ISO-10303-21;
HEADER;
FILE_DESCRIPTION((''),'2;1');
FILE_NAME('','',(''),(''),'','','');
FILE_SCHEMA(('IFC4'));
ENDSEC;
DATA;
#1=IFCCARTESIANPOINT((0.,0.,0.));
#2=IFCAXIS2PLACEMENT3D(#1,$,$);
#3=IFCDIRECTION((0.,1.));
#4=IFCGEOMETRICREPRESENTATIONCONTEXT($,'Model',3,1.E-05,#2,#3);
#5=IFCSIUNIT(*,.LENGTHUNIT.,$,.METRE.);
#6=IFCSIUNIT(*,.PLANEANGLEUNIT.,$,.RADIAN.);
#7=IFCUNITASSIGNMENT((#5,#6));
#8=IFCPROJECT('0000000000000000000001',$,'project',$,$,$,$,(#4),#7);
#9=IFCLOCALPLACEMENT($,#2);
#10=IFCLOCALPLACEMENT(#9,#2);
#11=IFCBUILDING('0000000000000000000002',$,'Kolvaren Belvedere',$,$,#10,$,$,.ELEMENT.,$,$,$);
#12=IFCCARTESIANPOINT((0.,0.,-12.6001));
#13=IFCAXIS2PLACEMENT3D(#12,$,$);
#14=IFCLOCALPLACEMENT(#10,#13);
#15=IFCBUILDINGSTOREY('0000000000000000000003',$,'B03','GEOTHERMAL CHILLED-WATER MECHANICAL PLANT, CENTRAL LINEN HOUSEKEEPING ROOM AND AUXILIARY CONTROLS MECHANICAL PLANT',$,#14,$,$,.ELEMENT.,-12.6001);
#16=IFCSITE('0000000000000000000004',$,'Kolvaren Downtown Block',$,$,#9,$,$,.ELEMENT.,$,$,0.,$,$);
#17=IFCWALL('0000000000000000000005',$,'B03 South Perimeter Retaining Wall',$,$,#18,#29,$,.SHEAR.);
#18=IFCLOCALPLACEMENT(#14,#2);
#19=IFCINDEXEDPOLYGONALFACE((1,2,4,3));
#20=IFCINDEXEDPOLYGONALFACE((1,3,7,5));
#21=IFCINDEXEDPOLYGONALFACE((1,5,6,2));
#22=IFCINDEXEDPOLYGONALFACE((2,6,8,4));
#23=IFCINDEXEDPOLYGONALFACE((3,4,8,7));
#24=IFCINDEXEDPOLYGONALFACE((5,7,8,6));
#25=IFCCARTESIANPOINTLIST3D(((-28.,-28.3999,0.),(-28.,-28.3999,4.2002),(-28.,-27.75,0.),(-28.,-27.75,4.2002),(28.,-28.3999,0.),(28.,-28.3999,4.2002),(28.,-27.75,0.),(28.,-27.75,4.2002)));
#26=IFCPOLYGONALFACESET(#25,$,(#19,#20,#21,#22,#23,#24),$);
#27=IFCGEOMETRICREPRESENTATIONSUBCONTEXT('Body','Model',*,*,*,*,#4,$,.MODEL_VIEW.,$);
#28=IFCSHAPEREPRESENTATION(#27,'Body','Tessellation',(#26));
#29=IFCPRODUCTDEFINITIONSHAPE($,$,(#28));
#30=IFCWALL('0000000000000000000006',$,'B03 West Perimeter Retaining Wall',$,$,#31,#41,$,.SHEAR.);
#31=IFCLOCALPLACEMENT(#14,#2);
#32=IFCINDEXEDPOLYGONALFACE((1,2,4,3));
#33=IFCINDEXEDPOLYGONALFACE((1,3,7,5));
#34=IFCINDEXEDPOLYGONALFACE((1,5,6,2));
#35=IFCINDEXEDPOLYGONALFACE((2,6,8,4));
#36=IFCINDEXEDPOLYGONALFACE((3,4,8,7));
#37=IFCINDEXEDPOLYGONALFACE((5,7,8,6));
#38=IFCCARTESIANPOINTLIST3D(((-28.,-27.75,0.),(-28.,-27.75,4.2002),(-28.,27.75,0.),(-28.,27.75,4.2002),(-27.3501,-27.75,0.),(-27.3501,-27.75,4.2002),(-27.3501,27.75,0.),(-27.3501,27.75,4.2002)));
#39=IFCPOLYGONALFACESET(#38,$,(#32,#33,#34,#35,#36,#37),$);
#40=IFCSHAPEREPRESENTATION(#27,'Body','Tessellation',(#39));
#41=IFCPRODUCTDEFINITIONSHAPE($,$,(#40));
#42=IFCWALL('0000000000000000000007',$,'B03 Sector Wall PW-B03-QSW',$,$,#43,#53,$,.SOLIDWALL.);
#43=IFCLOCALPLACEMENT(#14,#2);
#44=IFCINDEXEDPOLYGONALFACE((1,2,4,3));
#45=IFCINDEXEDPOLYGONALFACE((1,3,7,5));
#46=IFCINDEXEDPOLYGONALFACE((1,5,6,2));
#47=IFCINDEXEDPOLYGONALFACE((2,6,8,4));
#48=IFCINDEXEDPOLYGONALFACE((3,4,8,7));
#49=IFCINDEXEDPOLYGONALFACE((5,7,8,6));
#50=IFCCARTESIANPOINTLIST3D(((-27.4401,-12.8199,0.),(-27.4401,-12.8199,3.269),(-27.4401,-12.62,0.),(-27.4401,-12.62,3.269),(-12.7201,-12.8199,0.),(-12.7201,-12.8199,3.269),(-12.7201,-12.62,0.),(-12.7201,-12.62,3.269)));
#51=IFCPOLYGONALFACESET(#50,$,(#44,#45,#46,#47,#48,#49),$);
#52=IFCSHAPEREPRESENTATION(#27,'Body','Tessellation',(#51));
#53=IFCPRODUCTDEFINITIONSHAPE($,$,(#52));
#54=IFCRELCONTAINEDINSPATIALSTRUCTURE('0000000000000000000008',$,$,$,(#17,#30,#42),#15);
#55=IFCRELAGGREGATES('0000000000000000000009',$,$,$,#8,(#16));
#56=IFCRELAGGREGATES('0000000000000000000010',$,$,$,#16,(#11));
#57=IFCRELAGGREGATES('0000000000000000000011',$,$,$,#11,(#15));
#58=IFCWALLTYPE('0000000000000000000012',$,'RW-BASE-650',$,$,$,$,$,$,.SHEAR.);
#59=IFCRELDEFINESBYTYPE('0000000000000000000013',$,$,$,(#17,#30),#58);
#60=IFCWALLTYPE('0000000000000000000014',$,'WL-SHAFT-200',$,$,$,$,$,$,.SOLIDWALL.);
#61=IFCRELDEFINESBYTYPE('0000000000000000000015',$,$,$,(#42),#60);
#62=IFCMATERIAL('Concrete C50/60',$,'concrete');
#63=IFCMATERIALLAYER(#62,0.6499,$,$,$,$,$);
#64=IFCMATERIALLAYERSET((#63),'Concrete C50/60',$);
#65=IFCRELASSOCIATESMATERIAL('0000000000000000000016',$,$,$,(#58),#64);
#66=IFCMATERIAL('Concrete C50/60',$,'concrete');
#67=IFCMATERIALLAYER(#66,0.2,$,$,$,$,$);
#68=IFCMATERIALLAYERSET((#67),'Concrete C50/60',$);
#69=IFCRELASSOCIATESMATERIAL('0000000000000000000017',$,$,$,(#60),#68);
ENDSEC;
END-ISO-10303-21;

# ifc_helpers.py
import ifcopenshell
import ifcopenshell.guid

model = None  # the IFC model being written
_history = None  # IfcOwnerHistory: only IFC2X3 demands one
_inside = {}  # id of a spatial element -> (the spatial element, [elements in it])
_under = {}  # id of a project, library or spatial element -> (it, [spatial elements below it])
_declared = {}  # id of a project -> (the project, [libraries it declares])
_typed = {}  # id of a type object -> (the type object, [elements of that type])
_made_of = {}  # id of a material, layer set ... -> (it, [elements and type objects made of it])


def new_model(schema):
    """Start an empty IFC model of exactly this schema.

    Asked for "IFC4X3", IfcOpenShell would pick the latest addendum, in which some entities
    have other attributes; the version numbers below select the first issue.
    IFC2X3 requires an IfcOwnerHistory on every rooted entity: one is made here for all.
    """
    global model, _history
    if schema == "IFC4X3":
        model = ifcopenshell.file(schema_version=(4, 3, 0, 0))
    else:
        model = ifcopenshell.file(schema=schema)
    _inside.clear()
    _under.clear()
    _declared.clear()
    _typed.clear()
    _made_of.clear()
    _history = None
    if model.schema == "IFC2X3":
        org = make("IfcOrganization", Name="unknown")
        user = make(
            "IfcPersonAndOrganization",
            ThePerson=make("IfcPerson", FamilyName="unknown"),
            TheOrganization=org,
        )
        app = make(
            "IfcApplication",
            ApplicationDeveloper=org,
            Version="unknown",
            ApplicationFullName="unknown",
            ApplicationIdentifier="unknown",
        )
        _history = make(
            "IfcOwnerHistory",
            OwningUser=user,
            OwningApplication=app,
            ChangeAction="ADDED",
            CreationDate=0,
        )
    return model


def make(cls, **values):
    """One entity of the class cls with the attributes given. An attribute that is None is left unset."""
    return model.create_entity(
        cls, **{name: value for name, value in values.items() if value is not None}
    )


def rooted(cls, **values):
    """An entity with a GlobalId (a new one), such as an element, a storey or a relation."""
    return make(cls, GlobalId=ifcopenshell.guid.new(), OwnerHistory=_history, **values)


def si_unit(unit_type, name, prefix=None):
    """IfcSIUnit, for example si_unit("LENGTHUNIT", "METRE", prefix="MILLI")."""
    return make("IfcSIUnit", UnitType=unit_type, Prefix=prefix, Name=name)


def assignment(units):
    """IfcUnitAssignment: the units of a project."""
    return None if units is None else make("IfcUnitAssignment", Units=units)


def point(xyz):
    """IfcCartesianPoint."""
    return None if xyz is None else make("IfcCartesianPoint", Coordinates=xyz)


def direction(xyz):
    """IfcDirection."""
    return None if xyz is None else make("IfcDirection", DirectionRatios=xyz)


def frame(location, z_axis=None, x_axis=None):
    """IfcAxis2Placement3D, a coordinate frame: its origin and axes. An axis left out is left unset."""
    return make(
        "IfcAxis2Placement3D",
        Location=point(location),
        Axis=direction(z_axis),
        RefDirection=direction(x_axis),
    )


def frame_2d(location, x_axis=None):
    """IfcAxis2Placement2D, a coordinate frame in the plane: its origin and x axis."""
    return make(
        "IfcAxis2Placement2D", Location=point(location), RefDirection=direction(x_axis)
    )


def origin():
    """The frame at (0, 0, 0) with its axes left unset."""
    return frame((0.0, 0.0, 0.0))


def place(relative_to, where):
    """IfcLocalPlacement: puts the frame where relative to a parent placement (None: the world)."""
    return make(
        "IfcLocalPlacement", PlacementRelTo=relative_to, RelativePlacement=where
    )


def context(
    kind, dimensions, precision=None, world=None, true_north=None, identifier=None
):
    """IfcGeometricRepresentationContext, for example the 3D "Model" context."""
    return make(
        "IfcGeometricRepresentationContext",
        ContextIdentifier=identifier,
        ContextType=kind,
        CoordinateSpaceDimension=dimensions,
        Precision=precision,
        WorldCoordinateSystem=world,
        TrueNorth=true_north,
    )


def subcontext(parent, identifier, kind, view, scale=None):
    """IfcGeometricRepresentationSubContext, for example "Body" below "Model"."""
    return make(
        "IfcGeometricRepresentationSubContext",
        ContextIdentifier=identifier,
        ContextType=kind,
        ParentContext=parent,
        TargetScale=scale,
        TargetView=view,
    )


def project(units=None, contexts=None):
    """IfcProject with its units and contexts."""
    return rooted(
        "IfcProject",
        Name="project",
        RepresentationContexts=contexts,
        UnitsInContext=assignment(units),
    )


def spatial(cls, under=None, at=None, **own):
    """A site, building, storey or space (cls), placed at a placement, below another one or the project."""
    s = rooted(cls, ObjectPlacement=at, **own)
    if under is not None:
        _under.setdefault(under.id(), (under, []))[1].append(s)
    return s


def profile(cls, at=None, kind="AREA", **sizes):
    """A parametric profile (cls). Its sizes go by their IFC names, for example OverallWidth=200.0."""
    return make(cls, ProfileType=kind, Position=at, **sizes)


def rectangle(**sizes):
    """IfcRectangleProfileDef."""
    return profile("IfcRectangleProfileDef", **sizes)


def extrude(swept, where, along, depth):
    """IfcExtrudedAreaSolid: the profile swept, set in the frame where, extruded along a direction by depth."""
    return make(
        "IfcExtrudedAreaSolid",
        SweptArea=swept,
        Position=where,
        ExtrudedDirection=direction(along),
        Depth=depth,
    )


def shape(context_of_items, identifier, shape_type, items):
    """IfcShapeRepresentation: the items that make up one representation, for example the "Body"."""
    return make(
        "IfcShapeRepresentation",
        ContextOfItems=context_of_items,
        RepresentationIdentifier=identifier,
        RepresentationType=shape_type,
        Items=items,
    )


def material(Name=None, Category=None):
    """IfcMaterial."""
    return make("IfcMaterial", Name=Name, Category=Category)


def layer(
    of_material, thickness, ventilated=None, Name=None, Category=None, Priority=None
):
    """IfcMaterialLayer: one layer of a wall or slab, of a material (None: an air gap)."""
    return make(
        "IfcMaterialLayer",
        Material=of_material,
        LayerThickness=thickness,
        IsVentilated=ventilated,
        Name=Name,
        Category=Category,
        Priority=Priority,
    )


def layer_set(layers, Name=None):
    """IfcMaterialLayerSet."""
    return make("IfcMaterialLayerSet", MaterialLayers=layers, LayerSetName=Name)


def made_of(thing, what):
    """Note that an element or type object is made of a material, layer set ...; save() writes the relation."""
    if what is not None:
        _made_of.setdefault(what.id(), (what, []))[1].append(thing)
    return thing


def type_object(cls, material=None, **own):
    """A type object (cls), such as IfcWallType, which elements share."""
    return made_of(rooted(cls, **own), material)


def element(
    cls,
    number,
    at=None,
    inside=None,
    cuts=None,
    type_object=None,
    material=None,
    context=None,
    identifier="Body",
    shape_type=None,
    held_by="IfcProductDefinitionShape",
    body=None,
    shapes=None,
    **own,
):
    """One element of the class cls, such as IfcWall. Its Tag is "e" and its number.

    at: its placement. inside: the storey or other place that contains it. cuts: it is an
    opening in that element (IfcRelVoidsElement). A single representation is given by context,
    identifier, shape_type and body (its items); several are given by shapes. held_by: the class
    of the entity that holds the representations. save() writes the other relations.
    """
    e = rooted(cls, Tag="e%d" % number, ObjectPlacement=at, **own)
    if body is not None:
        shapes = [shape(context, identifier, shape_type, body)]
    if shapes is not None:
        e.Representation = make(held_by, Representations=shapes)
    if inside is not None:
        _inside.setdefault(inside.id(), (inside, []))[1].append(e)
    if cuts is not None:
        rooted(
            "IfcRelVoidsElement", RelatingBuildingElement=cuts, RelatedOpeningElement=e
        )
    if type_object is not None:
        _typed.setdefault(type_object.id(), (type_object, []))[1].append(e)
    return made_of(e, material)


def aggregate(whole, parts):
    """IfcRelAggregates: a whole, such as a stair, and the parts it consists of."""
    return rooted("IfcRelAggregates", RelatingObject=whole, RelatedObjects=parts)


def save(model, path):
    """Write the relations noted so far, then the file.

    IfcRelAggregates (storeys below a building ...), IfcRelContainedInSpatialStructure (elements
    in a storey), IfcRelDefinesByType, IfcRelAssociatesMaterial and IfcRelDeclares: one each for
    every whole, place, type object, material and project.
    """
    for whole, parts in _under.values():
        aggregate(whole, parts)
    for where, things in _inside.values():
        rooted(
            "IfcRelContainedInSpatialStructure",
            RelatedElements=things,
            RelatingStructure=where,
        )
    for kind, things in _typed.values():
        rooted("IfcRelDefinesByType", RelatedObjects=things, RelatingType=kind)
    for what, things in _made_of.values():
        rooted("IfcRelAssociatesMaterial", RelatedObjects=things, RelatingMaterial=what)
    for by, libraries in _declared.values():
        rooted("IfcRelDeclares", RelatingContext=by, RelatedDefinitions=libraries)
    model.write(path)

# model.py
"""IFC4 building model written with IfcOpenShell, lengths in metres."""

from ifc_helpers import new_model, si_unit, direction, frame, frame_2d, origin, place, context, subcontext, project, spatial, rectangle, extrude, material, layer, layer_set, type_object, element, save


model = new_model("IFC4")

# Units and contexts
model_context = context("Model", 3, precision=1e-05, world=origin(), true_north=direction((0.0, 1.0)))
body_context = subcontext(model_context, "Body", "Model", "MODEL_VIEW")
ifc_project = project(units=[si_unit("LENGTHUNIT", "METRE"), si_unit("PLANEANGLEUNIT", "RADIAN")], contexts=[model_context])

# Site, building, storey
site_placement = place(None, origin())
site = spatial("IfcSite", under=ifc_project, at=site_placement, Name="Kolvaren Downtown Block", CompositionType="ELEMENT", RefElevation=0.0)
building_placement = place(site_placement, origin())
building = spatial("IfcBuilding", under=site, at=building_placement, Name="Kolvaren Belvedere", CompositionType="ELEMENT")
storey_placement = place(building_placement, frame((0.0, 0.0, -12.6001)))
storey = spatial("IfcBuildingStorey", under=building, at=storey_placement, Name="B03", Description="GEOTHERMAL CHILLED-WATER MECHANICAL PLANT, CENTRAL LINEN HOUSEKEEPING ROOM AND AUXILIARY CONTROLS MECHANICAL PLANT", CompositionType="ELEMENT", Elevation=-12.6001)

# Walls
ifc_material_1 = material(Name="Concrete C50/60", Category="concrete")
ifc_layer_1 = layer(ifc_material_1, 0.6499)
ifc_layer_set_1 = layer_set([ifc_layer_1], Name="Concrete C50/60")
wall_type_1 = type_object("IfcWallType", Name="RW-BASE-650", PredefinedType="SHEAR", material=ifc_layer_set_1)
wall_1_placement = place(storey_placement, frame((-28.0, -28.075, 0.0), z_axis=(0.0, 0.0, 1.0), x_axis=(1.0, 0.0, 0.0)))
element("IfcWall", 1, at=wall_1_placement, inside=storey, type_object=wall_type_1, Name="B03 South Perimeter Retaining Wall", PredefinedType="SHEAR", context=body_context, shape_type="SweptSolid", body=[
    extrude(rectangle(XDim=56.0, YDim=0.6499, at=frame_2d((28.0, 0.0))), origin(), (0.0, 0.0, 1.0), 4.2002),
])
wall_2_placement = place(storey_placement, frame((-27.675, -27.75, 0.0), z_axis=(0.0, 0.0, 1.0), x_axis=(0.0, 1.0, 0.0)))
element("IfcWall", 2, at=wall_2_placement, inside=storey, type_object=wall_type_1, Name="B03 West Perimeter Retaining Wall", PredefinedType="SHEAR", context=body_context, shape_type="SweptSolid", body=[
    extrude(rectangle(XDim=55.5, YDim=0.6499, at=frame_2d((27.75, 0.0))), origin(), (0.0, 0.0, 1.0), 4.2002),
])
ifc_material_2 = material(Name="Concrete C50/60", Category="concrete")
ifc_layer_2 = layer(ifc_material_2, 0.2)
ifc_layer_set_2 = layer_set([ifc_layer_2], Name="Concrete C50/60")
wall_type_2 = type_object("IfcWallType", Name="WL-SHAFT-200", PredefinedType="SOLIDWALL", material=ifc_layer_set_2)
wall_3_placement = place(storey_placement, frame((-27.4399, -12.72, 0.0), z_axis=(0.0, 0.0, 1.0), x_axis=(1.0, 0.0, 0.0)))
element("IfcWall", 3, at=wall_3_placement, inside=storey, type_object=wall_type_2, Name="B03 Sector Wall PW-B03-QSW", PredefinedType="SOLIDWALL", context=body_context, shape_type="SweptSolid", body=[
    extrude(rectangle(XDim=14.72, YDim=0.2, at=frame_2d((7.3599, 0.0))), origin(), (0.0, 0.0, 1.0), 3.269),
])

save(model, "model.ifc")
